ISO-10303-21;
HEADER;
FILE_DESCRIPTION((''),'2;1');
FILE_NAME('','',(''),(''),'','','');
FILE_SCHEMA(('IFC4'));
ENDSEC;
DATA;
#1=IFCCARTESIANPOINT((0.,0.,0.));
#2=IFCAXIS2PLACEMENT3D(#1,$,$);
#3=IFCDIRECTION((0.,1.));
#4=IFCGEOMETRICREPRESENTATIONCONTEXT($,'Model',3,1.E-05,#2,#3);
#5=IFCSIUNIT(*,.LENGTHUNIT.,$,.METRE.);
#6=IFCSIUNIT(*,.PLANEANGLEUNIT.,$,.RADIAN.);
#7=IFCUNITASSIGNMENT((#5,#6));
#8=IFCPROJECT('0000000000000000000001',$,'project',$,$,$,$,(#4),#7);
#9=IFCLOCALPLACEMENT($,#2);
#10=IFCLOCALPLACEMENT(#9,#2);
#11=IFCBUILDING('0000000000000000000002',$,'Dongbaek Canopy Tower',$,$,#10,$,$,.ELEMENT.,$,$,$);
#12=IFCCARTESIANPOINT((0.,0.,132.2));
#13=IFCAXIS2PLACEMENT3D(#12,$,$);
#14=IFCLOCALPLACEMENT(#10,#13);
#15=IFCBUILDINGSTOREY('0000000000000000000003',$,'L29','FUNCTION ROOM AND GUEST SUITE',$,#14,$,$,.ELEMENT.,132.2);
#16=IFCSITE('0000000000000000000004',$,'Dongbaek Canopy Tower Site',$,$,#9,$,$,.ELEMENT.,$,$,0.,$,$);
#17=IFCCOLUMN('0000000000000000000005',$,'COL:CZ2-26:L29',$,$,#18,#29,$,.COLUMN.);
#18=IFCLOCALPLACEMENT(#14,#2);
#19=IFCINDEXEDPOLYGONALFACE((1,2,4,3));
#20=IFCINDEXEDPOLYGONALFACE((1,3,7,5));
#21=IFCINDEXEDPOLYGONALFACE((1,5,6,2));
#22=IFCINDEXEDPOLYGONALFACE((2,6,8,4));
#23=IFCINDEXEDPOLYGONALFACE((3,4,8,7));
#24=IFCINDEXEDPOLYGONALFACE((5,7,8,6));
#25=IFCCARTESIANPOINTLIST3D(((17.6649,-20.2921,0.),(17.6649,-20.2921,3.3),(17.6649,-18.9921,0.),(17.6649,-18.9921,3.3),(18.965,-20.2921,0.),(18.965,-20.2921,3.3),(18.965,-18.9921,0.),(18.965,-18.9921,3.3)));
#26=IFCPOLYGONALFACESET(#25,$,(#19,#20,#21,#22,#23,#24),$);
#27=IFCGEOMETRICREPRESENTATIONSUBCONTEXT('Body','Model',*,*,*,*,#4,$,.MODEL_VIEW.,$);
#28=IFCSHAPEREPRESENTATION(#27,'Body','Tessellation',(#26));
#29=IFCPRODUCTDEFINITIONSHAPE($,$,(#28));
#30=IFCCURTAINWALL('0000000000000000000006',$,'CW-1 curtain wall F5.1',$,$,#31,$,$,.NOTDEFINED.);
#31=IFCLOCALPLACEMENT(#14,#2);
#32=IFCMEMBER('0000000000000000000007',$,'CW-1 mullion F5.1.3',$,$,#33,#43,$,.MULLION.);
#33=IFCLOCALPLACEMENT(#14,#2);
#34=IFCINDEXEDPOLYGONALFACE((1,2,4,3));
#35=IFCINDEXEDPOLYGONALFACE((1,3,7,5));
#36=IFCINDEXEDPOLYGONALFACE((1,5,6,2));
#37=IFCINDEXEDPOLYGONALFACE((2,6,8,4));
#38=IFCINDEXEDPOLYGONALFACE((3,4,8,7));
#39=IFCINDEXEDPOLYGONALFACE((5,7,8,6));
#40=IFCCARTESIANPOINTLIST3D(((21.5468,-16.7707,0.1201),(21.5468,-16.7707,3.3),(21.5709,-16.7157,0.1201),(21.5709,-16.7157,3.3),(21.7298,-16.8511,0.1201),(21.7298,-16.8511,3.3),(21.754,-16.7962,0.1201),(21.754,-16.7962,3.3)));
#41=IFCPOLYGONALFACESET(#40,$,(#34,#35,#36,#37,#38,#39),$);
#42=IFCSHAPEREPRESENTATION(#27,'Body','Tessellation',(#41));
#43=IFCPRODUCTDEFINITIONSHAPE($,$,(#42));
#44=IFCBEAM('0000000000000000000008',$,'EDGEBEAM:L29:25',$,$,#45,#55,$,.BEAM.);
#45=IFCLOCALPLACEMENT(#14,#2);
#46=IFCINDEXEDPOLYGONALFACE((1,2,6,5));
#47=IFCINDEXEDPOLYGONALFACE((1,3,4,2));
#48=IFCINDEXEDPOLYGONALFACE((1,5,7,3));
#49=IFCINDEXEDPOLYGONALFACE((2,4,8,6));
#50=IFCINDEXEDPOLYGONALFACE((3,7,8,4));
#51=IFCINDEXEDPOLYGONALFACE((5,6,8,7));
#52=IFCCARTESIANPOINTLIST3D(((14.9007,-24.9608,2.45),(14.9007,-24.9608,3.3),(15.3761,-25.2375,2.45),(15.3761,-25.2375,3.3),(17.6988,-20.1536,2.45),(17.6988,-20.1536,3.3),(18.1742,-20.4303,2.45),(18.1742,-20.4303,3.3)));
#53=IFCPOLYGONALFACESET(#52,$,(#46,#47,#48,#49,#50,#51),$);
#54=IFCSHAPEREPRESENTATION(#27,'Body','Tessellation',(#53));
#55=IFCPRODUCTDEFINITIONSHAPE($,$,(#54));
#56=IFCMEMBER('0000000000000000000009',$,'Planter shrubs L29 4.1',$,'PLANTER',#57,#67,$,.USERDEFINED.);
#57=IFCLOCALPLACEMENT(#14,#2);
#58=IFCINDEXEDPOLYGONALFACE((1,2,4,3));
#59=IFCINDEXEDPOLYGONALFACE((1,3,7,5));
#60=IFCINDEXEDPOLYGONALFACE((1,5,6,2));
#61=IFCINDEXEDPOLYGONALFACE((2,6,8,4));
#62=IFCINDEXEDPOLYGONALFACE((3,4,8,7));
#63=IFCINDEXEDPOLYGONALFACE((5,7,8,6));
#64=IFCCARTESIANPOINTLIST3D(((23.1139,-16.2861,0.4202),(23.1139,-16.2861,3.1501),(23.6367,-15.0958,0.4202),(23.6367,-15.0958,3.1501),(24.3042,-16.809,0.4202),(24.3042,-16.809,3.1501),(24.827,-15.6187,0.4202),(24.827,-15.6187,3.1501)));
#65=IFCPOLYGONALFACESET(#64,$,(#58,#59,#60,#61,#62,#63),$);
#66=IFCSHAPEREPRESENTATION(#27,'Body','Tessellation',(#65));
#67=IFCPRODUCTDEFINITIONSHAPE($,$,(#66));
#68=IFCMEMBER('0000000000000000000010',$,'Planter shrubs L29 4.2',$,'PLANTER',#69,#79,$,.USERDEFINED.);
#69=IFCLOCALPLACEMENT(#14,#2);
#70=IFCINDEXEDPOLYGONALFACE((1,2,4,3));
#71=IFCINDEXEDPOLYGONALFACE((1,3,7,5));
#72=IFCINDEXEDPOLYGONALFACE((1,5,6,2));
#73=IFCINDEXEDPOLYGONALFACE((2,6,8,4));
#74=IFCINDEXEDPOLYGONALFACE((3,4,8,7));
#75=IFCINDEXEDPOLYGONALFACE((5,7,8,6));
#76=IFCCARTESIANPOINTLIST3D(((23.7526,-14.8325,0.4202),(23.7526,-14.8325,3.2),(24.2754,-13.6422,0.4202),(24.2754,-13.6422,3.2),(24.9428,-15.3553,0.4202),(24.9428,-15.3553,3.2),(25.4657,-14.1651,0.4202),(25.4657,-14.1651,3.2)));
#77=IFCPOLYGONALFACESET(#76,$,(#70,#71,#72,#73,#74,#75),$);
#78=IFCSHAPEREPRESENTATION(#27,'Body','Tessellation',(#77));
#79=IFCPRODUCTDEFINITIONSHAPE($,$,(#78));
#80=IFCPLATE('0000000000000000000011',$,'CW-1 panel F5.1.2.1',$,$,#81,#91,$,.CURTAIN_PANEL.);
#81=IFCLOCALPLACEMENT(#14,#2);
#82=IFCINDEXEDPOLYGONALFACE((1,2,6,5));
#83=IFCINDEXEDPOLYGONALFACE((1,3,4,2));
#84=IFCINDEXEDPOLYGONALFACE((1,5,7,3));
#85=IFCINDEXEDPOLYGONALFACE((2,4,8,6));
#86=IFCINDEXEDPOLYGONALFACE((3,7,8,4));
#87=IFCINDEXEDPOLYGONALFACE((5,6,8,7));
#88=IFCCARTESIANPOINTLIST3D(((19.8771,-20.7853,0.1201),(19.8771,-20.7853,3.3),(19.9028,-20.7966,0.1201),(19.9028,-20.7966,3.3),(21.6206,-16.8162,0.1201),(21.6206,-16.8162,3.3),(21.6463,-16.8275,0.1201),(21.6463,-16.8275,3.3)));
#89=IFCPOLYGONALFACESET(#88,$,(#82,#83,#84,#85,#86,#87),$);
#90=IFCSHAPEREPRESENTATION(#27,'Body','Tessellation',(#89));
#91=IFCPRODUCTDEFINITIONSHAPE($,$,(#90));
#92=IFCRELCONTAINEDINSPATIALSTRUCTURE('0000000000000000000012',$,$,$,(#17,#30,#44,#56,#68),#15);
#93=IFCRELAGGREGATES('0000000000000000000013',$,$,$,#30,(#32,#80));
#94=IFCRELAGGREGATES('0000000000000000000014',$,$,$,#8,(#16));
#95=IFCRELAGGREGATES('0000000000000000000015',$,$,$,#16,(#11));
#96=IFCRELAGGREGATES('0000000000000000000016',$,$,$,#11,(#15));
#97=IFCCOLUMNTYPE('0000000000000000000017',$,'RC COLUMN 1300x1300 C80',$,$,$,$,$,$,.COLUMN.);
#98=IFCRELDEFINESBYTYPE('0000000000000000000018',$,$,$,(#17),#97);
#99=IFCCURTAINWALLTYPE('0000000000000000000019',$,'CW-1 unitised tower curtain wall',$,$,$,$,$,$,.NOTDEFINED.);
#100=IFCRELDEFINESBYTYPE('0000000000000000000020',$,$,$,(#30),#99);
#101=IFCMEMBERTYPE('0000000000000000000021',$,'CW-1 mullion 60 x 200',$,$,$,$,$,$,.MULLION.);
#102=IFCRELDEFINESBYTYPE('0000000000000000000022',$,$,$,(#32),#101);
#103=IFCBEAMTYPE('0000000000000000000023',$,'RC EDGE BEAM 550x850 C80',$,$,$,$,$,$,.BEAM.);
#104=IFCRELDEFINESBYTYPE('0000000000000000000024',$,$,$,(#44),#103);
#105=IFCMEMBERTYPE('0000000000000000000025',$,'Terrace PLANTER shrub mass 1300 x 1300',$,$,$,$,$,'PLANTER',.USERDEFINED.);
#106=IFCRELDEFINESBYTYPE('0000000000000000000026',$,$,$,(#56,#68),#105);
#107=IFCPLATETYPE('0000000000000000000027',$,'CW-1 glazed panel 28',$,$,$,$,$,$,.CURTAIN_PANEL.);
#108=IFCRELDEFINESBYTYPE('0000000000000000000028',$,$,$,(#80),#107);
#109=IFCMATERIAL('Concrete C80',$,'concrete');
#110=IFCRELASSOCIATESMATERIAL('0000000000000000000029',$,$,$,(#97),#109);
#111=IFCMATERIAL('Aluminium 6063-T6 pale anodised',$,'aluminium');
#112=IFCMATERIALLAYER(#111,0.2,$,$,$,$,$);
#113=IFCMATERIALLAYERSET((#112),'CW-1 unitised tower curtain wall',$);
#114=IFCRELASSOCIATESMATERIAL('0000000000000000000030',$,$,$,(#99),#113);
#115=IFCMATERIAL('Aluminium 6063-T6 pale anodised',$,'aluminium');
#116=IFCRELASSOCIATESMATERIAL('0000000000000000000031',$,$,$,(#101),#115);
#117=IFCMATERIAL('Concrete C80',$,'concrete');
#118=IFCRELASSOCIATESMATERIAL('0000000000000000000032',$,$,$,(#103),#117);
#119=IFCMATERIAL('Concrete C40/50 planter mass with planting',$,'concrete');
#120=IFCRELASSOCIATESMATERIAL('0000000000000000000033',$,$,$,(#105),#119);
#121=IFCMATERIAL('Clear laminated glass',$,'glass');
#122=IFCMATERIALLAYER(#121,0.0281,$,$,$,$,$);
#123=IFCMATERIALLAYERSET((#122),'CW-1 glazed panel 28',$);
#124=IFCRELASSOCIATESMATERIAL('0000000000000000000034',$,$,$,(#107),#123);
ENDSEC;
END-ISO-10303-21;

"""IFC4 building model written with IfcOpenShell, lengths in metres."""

from ifc_helpers import new_model, si_unit, direction, frame, origin, origin_2d, place, context, subcontext, project, spatial, rectangle, extrude, material, layer, layer_set, material_profile, profile_set, type_object, element, aggregate, save


model = new_model("IFC4")

# Units and contexts
model_context = context("Model", 3, precision=1e-05, world=origin(), true_north=direction((0.0, 1.0)))
body_context = subcontext(model_context, "Body", "Model", "MODEL_VIEW")
ifc_project = project(units=[si_unit("LENGTHUNIT", "METRE"), si_unit("PLANEANGLEUNIT", "RADIAN")], contexts=[model_context])

# Site, building, storey
site_placement = place(None, origin())
site = spatial("IfcSite", under=ifc_project, at=site_placement, Name="Dongbaek Canopy Tower Site", CompositionType="ELEMENT", RefElevation=0.0)
building_placement = place(site_placement, origin())
building = spatial("IfcBuilding", under=site, at=building_placement, Name="Dongbaek Canopy Tower", CompositionType="ELEMENT")
storey_placement = place(building_placement, frame((0.0, 0.0, 132.2)))
storey = spatial("IfcBuildingStorey", under=building, at=storey_placement, Name="L29", Description="FUNCTION ROOM AND GUEST SUITE", CompositionType="ELEMENT", Elevation=132.2)

# Column
ifc_material_1 = material(Name="Concrete C80", Category="concrete")
ifc_material_profile_1 = material_profile(ifc_material_1, rectangle(XDim=1.3, YDim=1.3, at=origin_2d()), Name="RC COLUMN 1300x1300 C80")
ifc_profile_set_1 = profile_set([ifc_material_profile_1], Name="Concrete C80")
column_type = type_object("IfcColumnType", Name="RC COLUMN 1300x1300 C80", PredefinedType="COLUMN", material=ifc_profile_set_1)
column_placement = place(storey_placement, frame((18.3149, -19.6421, 0.0), z_axis=(0.0, 0.0, 1.0), x_axis=(1.0, 0.0, 0.0)))
element("IfcColumn", 1, at=column_placement, inside=storey, type_object=column_type, Name="COL:CZ2-26:L29", PredefinedType="COLUMN", context=body_context, shape_type="SweptSolid", body=[
    extrude(rectangle(XDim=1.3, YDim=1.3, at=origin_2d()), origin(), (0.0, 0.0, 1.0), 3.3),
])

# Curtain wall, member
ifc_material_2 = material(Name="Aluminium 6063-T6 pale anodised", Category="aluminium")
ifc_layer_1 = layer(ifc_material_2, 0.2)
ifc_layer_set_1 = layer_set([ifc_layer_1], Name="CW-1 unitised tower curtain wall")
curtain_wall_type = type_object("IfcCurtainWallType", Name="CW-1 unitised tower curtain wall", PredefinedType="NOTDEFINED", material=ifc_layer_set_1)
curtain_wall_placement = place(storey_placement, origin())
curtain_wall = element("IfcCurtainWall", 2, at=curtain_wall_placement, inside=storey, type_object=curtain_wall_type, Name="CW-1 curtain wall F5.1", PredefinedType="NOTDEFINED")
ifc_material_3 = material(Name="Aluminium 6063-T6 pale anodised", Category="aluminium")
ifc_material_profile_2 = material_profile(ifc_material_3, rectangle(XDim=0.2, YDim=0.0601, at=origin_2d()), Name="CW-1 mullion 60 x 200")
ifc_profile_set_2 = profile_set([ifc_material_profile_2], Name="Aluminium 6063-T6 pale anodised")
member_type_1 = type_object("IfcMemberType", Name="CW-1 mullion 60 x 200", PredefinedType="MULLION", material=ifc_profile_set_2)
member_1_placement = place(storey_placement, frame((21.6504, -16.7834, 0.1201), z_axis=(0.0, 0.0, 1.0), x_axis=(0.915562, -0.402176, 0.0)))
member_1 = element("IfcMember", 3, at=member_1_placement, type_object=member_type_1, Name="CW-1 mullion F5.1.3", PredefinedType="MULLION", context=body_context, shape_type="SweptSolid", body=[
    extrude(rectangle(XDim=0.2, YDim=0.0601, at=origin_2d()), origin(), (0.0, 0.0, 1.0), 3.1799),
])

# Beam
ifc_material_4 = material(Name="Concrete C80", Category="concrete")
ifc_material_profile_3 = material_profile(ifc_material_4, rectangle(XDim=0.55, YDim=0.8501, at=origin_2d()), Name="RC EDGE BEAM 550x850 C80")
ifc_profile_set_3 = profile_set([ifc_material_profile_3], Name="Concrete C80")
beam_type = type_object("IfcBeamType", Name="RC EDGE BEAM 550x850 C80", PredefinedType="BEAM", material=ifc_profile_set_3)
beam_placement = place(storey_placement, frame((17.9365, -20.292, 2.875), z_axis=(-0.503058, -0.864253, 0.0), x_axis=(0.864253, -0.503058, 0.0)))
element("IfcBeam", 4, at=beam_placement, inside=storey, type_object=beam_type, Name="EDGEBEAM:L29:25", PredefinedType="BEAM", context=body_context, shape_type="SweptSolid", body=[
    extrude(rectangle(XDim=0.55, YDim=0.8501, at=origin_2d()), origin(), (0.0, 0.0, 1.0), 5.5623),
])

# Members
ifc_material_5 = material(Name="Concrete C40/50 planter mass with planting", Category="concrete")
ifc_material_profile_4 = material_profile(ifc_material_5, rectangle(XDim=1.3, YDim=1.3, at=origin_2d()), Name="Terrace PLANTER shrub mass 1300 x 1300")
ifc_profile_set_4 = profile_set([ifc_material_profile_4], Name="Concrete C40/50 planter mass with planting")
member_type_2 = type_object("IfcMemberType", Name="Terrace PLANTER shrub mass 1300 x 1300", ElementType="PLANTER", PredefinedType="USERDEFINED", material=ifc_profile_set_4)
member_2_placement = place(storey_placement, frame((23.9705, -15.9524, 0.4202), z_axis=(0.0, 0.0, 1.0), x_axis=(0.915562, -0.402176, 0.0)))
element("IfcMember", 5, at=member_2_placement, inside=storey, type_object=member_type_2, Name="Planter shrubs L29 4.1", ObjectType="PLANTER", PredefinedType="USERDEFINED", context=body_context, shape_type="SweptSolid", body=[
    extrude(rectangle(XDim=1.3, YDim=1.3, at=origin_2d()), origin(), (0.0, 0.0, 1.0), 2.73),
])
member_3_placement = place(storey_placement, frame((24.6091, -14.4988, 0.4202), z_axis=(0.0, 0.0, 1.0), x_axis=(0.915562, -0.402176, 0.0)))
element("IfcMember", 6, at=member_3_placement, inside=storey, type_object=member_type_2, Name="Planter shrubs L29 4.2", ObjectType="PLANTER", PredefinedType="USERDEFINED", context=body_context, shape_type="SweptSolid", body=[
    extrude(rectangle(XDim=1.3, YDim=1.3, at=origin_2d()), origin(), (0.0, 0.0, 1.0), 2.7798),
])

# Plate
ifc_material_6 = material(Name="Clear laminated glass", Category="glass")
ifc_layer_2 = layer(ifc_material_6, 0.0281)
ifc_layer_set_2 = layer_set([ifc_layer_2], Name="CW-1 glazed panel 28")
plate_type = type_object("IfcPlateType", Name="CW-1 glazed panel 28", PredefinedType="CURTAIN_PANEL", material=ifc_layer_set_2)
plate_placement = place(storey_placement, frame((20.7617, -18.8064, 0.1201), z_axis=(0.0, 0.0, 1.0), x_axis=(0.402176, 0.915562, 0.0)))
plate = element("IfcPlate", 7, at=plate_placement, type_object=plate_type, Name="CW-1 panel F5.1.2.1", PredefinedType="CURTAIN_PANEL", context=body_context, shape_type="SweptSolid", body=[
    extrude(rectangle(XDim=4.3352, YDim=0.0281, at=origin_2d()), origin(), (0.0, 0.0, 1.0), 3.1799),
])
aggregate(curtain_wall, [member_1, plate])

save(model, "model.ifc")
